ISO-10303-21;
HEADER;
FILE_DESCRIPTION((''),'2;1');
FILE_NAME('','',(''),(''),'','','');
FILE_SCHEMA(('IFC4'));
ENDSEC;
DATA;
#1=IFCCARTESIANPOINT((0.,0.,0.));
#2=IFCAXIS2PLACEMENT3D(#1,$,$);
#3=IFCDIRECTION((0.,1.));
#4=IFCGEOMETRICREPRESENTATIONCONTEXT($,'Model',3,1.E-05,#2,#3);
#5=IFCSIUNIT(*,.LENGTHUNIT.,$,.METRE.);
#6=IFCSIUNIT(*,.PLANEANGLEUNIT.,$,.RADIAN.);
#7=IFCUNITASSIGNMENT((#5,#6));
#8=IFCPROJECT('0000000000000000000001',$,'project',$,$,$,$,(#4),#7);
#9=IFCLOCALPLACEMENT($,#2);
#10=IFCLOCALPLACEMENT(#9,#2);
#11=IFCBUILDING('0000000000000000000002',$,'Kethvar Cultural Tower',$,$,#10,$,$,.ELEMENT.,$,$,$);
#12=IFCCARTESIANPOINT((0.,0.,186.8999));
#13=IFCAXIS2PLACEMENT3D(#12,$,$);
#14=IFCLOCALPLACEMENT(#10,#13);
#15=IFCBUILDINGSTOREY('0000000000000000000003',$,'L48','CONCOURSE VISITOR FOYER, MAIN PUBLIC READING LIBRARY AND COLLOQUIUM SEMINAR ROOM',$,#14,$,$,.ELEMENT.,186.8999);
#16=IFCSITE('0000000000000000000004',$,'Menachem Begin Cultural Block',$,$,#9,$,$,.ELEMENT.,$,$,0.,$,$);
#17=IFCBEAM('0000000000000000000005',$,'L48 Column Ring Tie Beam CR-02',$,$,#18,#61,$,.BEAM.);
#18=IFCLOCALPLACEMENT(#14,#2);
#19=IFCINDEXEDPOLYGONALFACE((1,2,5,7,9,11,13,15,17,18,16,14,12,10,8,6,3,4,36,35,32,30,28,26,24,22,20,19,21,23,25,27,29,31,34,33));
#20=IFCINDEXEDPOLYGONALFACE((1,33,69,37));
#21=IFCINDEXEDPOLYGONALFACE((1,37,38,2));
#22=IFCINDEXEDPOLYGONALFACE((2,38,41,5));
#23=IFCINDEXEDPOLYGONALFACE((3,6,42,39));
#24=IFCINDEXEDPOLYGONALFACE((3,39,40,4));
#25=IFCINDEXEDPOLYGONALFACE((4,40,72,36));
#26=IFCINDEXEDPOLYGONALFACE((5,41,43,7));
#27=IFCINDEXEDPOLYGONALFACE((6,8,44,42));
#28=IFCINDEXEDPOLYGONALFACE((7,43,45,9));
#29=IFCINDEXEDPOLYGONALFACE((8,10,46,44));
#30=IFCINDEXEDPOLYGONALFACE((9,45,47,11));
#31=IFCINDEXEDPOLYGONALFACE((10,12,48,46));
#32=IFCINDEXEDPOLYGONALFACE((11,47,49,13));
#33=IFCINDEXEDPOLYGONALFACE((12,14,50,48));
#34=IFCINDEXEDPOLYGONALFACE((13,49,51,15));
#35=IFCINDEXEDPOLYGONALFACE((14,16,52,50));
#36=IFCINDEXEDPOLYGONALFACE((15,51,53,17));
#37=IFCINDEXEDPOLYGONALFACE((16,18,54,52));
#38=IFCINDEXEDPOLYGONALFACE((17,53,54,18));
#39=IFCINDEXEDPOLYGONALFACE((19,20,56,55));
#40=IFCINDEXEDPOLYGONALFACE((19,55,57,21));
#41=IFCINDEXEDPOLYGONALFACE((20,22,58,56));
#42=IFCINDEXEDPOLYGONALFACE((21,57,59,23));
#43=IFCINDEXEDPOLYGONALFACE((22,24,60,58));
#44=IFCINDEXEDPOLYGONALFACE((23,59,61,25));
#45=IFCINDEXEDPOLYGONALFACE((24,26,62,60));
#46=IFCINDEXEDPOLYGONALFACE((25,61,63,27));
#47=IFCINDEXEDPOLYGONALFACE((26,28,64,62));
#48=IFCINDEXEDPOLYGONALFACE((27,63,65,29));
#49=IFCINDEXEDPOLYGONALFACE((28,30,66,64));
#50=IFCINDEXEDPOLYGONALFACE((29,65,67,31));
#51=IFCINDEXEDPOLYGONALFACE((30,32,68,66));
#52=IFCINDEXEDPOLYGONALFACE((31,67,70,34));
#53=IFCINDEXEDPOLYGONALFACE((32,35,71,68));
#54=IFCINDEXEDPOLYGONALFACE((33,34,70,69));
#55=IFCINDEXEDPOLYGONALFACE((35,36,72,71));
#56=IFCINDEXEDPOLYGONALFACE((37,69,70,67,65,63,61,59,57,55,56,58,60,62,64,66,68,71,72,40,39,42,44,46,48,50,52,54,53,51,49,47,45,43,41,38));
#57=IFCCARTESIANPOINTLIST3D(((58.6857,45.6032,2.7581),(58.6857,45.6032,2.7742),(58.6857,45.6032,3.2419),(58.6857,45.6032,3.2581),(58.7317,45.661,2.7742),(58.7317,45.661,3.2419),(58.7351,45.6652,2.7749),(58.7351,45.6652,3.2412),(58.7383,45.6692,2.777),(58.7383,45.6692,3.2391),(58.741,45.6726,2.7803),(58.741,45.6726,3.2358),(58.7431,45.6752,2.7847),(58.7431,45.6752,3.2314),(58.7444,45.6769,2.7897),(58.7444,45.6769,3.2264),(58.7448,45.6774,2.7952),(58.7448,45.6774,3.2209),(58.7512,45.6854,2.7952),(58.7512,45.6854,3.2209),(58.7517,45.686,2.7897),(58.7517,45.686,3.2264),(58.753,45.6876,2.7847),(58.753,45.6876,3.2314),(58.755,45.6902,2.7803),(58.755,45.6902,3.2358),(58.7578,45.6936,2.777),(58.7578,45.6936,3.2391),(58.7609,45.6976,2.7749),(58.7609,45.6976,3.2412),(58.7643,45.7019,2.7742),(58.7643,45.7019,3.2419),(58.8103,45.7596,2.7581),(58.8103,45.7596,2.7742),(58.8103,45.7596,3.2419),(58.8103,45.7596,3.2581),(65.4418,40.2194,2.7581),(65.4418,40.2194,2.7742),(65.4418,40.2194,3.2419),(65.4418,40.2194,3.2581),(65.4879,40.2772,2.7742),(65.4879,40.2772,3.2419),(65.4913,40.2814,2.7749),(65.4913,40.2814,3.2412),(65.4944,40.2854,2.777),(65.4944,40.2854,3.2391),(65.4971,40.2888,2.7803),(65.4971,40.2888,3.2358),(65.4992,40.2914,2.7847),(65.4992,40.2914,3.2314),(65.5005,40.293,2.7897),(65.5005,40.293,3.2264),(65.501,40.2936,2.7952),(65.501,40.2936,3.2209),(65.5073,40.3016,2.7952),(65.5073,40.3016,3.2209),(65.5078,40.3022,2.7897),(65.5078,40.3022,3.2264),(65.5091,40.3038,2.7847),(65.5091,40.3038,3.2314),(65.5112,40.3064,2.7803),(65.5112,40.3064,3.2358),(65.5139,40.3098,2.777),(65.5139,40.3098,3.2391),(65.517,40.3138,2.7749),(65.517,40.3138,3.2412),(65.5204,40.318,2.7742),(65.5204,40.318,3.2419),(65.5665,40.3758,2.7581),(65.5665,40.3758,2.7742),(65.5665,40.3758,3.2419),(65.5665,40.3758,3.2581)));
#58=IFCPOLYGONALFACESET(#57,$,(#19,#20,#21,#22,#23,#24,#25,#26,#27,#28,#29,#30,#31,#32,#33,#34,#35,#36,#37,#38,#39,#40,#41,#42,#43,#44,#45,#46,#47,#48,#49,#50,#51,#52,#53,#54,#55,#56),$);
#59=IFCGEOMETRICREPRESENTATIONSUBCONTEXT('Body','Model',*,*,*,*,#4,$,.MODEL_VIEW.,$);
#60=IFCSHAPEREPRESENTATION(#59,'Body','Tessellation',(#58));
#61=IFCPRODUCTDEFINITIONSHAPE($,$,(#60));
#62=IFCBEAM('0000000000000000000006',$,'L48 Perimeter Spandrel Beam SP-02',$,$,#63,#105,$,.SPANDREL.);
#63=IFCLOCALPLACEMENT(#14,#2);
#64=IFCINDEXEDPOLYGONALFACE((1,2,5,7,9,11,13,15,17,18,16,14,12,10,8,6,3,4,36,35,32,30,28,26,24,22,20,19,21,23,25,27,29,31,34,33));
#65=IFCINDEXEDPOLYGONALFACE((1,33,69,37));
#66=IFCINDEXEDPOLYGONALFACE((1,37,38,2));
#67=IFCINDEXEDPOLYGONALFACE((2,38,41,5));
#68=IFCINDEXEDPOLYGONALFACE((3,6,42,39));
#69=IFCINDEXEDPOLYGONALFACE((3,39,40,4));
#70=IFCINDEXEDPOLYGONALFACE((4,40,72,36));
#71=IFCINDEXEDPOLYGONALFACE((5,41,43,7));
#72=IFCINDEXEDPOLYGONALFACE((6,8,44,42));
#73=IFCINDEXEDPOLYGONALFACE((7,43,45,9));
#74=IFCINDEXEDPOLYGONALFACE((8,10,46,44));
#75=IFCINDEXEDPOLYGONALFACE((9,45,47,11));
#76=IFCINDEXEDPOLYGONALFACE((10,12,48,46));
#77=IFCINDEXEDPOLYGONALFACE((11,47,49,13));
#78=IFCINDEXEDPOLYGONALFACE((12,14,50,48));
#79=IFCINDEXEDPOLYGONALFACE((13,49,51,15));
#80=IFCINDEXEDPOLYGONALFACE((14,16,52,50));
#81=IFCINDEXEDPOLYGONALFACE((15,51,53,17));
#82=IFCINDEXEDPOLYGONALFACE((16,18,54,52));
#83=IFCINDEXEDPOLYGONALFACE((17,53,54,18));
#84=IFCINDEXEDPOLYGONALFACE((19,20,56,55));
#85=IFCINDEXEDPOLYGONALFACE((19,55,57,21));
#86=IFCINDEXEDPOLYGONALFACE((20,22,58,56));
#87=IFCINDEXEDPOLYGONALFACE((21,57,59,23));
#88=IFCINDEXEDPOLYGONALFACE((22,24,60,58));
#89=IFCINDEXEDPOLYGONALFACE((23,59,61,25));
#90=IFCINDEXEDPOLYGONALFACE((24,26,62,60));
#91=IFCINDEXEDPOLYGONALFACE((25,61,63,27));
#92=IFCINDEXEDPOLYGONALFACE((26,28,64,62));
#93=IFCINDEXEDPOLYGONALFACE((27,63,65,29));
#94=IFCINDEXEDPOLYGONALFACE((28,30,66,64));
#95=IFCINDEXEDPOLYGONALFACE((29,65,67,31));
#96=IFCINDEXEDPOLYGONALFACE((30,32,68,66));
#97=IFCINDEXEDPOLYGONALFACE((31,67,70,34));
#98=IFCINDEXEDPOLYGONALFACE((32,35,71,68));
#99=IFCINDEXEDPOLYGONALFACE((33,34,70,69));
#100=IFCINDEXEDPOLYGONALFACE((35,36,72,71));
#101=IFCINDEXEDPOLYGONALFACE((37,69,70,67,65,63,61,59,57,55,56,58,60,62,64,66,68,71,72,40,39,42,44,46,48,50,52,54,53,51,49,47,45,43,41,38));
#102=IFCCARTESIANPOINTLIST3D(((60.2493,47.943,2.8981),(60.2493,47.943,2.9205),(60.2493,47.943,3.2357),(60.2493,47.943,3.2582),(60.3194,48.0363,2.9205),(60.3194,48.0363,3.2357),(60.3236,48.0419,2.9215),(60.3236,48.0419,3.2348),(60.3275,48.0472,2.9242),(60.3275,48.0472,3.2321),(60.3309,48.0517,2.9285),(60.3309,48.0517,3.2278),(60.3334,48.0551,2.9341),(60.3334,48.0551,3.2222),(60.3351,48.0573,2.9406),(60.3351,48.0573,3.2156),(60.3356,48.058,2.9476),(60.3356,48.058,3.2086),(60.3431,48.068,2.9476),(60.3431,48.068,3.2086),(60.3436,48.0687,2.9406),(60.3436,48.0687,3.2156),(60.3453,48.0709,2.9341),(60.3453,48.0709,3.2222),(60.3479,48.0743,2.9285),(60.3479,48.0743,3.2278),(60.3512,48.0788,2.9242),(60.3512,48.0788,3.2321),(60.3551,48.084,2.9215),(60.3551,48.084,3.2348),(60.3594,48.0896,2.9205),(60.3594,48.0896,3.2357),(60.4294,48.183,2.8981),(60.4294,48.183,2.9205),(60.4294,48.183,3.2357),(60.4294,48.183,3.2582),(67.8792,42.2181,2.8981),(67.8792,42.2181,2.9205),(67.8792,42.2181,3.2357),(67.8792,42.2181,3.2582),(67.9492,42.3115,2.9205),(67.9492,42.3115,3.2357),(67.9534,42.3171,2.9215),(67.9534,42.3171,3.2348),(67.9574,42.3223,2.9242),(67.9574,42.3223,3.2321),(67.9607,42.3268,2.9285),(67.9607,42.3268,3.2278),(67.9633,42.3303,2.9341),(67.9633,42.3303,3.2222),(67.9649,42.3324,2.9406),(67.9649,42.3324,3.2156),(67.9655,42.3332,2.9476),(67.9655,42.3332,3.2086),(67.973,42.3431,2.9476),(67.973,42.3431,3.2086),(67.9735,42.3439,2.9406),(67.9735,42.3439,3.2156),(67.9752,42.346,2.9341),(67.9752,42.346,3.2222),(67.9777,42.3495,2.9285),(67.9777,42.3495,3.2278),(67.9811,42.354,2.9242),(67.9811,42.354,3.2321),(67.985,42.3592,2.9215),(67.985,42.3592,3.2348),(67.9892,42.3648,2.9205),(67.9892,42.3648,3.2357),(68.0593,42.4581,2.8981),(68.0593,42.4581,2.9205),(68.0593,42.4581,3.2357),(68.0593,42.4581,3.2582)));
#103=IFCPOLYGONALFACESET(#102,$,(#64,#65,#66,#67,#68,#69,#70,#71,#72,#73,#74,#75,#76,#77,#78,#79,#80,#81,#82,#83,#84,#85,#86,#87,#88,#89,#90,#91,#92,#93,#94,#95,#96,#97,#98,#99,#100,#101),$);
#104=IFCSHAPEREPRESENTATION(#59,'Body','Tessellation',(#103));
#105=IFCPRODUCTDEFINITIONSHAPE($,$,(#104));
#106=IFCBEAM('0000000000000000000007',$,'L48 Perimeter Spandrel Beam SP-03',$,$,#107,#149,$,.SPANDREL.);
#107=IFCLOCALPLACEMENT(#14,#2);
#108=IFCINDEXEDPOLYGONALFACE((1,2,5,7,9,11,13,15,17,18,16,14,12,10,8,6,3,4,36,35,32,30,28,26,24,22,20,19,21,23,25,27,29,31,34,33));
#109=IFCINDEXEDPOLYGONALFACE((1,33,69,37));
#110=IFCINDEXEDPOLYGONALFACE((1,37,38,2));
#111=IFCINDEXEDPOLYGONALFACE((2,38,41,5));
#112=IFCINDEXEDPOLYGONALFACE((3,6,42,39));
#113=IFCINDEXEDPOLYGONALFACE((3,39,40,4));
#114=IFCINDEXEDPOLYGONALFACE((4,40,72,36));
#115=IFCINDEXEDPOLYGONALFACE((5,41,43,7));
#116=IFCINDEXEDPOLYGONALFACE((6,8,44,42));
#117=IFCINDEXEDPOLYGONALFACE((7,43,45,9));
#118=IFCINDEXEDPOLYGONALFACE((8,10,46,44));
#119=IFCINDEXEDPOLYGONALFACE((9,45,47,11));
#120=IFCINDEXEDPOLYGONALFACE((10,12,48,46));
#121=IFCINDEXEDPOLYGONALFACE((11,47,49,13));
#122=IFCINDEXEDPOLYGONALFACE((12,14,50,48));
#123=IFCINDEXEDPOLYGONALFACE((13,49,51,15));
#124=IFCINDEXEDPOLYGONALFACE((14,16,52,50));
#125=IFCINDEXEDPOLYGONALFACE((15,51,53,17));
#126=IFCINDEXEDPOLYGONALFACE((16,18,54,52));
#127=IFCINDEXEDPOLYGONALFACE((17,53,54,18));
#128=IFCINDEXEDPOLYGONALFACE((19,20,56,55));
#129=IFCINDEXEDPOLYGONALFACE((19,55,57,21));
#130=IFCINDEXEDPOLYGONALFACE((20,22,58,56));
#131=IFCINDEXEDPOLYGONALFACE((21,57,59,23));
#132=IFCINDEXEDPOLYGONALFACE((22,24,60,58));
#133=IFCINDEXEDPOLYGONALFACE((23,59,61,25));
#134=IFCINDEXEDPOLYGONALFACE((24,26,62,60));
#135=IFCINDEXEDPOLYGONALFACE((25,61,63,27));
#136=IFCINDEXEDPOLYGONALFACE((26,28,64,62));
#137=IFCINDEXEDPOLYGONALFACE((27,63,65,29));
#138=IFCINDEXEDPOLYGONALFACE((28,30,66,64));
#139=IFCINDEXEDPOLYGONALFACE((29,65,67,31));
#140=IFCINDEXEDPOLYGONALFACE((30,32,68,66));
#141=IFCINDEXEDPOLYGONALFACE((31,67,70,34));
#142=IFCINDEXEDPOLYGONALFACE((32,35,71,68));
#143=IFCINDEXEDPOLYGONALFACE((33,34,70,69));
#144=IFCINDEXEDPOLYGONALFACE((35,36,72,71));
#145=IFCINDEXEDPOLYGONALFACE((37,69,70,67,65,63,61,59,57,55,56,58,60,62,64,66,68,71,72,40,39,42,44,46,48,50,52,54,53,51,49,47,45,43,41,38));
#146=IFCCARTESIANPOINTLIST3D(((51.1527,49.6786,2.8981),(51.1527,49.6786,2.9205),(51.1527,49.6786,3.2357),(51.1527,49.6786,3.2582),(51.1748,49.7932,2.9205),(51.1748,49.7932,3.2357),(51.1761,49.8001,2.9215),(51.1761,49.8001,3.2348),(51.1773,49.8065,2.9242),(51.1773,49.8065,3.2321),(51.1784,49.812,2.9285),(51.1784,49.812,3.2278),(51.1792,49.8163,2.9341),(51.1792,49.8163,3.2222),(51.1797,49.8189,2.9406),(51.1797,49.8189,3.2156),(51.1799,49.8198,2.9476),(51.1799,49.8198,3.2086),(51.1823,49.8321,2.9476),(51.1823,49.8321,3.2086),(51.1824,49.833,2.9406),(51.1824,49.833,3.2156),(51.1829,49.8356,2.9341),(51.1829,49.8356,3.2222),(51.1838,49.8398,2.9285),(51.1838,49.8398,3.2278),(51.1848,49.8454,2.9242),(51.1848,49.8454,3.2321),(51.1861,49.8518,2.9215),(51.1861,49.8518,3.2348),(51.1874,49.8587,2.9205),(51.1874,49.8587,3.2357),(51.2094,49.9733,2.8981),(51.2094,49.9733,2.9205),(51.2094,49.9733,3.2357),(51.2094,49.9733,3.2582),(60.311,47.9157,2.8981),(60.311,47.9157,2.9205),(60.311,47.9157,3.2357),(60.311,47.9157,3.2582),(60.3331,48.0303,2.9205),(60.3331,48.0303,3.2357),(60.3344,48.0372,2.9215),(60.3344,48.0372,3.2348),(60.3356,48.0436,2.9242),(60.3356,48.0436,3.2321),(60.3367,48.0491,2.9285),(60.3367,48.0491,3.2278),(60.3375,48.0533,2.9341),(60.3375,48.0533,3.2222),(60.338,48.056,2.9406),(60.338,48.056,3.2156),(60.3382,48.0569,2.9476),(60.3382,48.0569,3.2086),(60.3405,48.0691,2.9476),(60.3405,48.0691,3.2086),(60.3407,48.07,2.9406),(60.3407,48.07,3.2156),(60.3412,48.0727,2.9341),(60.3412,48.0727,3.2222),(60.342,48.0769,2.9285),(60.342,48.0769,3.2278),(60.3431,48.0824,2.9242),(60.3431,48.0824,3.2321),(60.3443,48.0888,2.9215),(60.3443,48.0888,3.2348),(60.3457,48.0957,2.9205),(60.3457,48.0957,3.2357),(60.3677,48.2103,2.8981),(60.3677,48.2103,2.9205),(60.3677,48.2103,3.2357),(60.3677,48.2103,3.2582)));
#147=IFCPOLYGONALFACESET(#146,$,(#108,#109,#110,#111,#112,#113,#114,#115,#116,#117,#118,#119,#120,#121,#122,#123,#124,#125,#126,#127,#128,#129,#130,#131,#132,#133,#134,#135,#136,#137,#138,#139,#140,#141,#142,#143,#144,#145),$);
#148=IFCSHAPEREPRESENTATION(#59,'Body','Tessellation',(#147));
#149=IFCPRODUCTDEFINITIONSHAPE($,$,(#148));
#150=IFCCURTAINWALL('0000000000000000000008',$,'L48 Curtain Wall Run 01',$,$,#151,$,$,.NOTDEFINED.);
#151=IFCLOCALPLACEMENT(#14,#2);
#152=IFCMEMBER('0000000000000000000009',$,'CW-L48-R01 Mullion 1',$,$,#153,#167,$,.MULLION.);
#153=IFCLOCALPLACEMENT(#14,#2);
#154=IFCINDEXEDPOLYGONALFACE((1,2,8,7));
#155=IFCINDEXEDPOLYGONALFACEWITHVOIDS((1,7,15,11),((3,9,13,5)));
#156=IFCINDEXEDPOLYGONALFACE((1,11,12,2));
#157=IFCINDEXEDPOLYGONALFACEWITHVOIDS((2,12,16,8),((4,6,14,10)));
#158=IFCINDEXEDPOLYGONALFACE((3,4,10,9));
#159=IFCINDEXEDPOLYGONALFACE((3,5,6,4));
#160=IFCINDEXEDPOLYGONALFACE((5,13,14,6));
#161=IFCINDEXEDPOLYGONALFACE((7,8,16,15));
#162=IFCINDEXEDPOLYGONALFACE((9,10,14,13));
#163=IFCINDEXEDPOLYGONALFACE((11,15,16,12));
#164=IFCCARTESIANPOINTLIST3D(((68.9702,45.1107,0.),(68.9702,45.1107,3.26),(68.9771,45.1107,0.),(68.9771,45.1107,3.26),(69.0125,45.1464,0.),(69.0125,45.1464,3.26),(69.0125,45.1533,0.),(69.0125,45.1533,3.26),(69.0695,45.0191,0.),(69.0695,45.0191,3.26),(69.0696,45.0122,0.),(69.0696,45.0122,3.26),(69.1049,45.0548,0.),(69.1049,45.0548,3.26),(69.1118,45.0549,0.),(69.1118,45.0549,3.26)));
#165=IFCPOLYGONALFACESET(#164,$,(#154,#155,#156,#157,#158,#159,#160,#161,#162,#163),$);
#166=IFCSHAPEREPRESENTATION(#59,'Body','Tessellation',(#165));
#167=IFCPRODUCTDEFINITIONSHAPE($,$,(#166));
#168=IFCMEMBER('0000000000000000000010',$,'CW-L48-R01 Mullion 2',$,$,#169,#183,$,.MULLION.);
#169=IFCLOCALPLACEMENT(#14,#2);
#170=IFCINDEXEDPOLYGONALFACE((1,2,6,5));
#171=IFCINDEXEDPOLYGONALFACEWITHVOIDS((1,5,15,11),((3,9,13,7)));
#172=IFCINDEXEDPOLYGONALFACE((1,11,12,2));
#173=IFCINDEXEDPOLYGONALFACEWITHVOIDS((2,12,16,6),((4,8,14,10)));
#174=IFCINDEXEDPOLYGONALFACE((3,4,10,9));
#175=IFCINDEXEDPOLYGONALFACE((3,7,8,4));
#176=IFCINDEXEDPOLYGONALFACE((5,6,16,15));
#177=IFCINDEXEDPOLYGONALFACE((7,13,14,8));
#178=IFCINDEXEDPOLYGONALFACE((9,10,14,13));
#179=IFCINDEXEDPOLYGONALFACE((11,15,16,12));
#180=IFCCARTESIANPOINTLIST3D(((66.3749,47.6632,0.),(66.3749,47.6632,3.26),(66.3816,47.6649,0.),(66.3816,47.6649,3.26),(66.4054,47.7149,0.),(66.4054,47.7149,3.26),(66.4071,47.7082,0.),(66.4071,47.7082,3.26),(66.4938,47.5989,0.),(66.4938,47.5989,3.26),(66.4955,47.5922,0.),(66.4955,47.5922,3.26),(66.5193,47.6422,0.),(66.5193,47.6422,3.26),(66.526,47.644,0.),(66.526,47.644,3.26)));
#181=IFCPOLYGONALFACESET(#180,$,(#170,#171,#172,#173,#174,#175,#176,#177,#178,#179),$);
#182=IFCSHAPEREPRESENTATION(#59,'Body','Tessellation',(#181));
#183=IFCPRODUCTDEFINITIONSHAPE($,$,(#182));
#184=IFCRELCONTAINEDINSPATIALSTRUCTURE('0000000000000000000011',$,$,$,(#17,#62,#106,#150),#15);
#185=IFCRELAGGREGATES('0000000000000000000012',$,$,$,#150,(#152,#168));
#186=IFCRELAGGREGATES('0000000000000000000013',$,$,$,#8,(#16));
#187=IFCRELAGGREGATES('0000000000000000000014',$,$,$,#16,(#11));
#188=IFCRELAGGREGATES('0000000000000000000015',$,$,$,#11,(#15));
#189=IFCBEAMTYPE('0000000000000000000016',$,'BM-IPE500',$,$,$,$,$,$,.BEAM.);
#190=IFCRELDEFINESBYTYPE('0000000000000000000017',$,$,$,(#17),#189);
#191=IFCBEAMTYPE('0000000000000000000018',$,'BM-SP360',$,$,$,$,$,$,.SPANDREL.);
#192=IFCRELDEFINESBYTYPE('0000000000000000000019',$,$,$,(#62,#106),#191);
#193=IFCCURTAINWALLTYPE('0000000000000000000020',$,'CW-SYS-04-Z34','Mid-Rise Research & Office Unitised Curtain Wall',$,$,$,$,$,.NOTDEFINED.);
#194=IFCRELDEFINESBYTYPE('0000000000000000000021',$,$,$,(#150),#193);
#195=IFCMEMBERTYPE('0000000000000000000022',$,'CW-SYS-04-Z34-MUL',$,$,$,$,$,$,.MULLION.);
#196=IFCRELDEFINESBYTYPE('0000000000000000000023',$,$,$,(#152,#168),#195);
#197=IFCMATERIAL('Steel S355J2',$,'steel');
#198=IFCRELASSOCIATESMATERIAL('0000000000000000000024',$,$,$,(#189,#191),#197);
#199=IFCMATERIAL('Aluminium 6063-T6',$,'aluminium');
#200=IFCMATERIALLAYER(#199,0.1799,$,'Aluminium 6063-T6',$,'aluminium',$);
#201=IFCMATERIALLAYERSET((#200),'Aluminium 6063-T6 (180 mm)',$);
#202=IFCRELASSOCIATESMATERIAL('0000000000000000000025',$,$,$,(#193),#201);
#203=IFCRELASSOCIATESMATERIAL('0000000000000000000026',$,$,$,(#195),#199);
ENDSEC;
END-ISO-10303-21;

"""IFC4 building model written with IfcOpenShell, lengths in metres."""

from ifc_helpers import new_model, si_unit, direction, frame, origin, origin_2d, place, context, subcontext, project, spatial, hollow_rectangle, i_section, extrude, source, transform, mapped, material, layer, layer_set, material_profile, profile_set, type_object, element, aggregate, save


model = new_model("IFC4")

# Units and contexts
model_context = context("Model", 3, precision=1e-05, world=origin(), true_north=direction((0.0, 1.0)))
body_context = subcontext(model_context, "Body", "Model", "MODEL_VIEW")
ifc_project = project(units=[si_unit("LENGTHUNIT", "METRE"), si_unit("PLANEANGLEUNIT", "RADIAN")], contexts=[model_context])

# Site, building, storey
site_placement = place(None, origin())
site = spatial("IfcSite", under=ifc_project, at=site_placement, Name="Menachem Begin Cultural Block", CompositionType="ELEMENT", RefElevation=0.0)
building_placement = place(site_placement, origin())
building = spatial("IfcBuilding", under=site, at=building_placement, Name="Kethvar Cultural Tower", CompositionType="ELEMENT")
storey_placement = place(building_placement, frame((0.0, 0.0, 186.8999)))
storey = spatial("IfcBuildingStorey", under=building, at=storey_placement, Name="L48", Description="CONCOURSE VISITOR FOYER, MAIN PUBLIC READING LIBRARY AND COLLOQUIUM SEMINAR ROOM", CompositionType="ELEMENT", Elevation=186.8999)

# Beams
ifc_material_1 = material(Name="Steel S355J2", Category="steel")
ifc_material_profile_1 = material_profile(ifc_material_1, i_section(OverallWidth=0.2, OverallDepth=0.5, WebThickness=0.0103, FlangeThickness=0.0161, FilletRadius=0.021, at=origin_2d()), Name="Steel S355J2 — IPE500")
ifc_profile_set_1 = profile_set([ifc_material_profile_1], Name="Steel S355J2 — IPE500")
beam_type_1 = type_object("IfcBeamType", Name="BM-IPE500", PredefinedType="BEAM", material=ifc_profile_set_1)
shared_shape_1 = source(origin(), body_context, "Body", "SweptSolid", [
    extrude(i_section(OverallWidth=0.2, OverallDepth=0.5, WebThickness=0.0103, FlangeThickness=0.0161, FilletRadius=0.021, at=origin_2d()), origin(), (0.0, 0.0, 1.0), 8.6389),
])
beam_1_placement = place(storey_placement, frame((65.5042, 40.2976, 3.0081), z_axis=(-0.782058, 0.623205, 0.0), x_axis=(-0.623205, -0.782058, 0.0)))
element("IfcBeam", 1, at=beam_1_placement, inside=storey, type_object=beam_type_1, Name="L48 Column Ring Tie Beam CR-02", PredefinedType="BEAM", context=body_context, shape_type="MappedRepresentation", body=[
    mapped(shared_shape_1, transform((0.0, 0.0, 0.0), scale=1.0)),
])
ifc_material_profile_2 = material_profile(ifc_material_1, i_section(OverallWidth=0.3, OverallDepth=0.3601, WebThickness=0.0125, FlangeThickness=0.0225, FilletRadius=0.0271, at=origin_2d()), Name="Steel S355J2 — HEB360")
ifc_profile_set_2 = profile_set([ifc_material_profile_2], Name="Steel S355J2 — HEB360")
beam_type_2 = type_object("IfcBeamType", Name="BM-SP360", PredefinedType="SPANDREL", material=ifc_profile_set_2)
shared_shape_2 = source(origin(), body_context, "Body", "SweptSolid", [
    extrude(i_section(OverallWidth=0.3, OverallDepth=0.3601, WebThickness=0.0125, FlangeThickness=0.0225, FilletRadius=0.0271, at=origin_2d()), origin(), (0.0, 0.0, 1.0), 9.5388),
])
beam_2_placement = place(storey_placement, frame((67.9692, 42.3381, 3.0781), z_axis=(-0.799877, 0.600164, 0.0), x_axis=(-0.600164, -0.799877, 0.0)))
element("IfcBeam", 2, at=beam_2_placement, inside=storey, type_object=beam_type_2, Name="L48 Perimeter Spandrel Beam SP-02", PredefinedType="SPANDREL", context=body_context, shape_type="MappedRepresentation", body=[
    mapped(shared_shape_2, transform((0.0, 0.0, 0.0), scale=1.0)),
])
shared_shape_3 = source(origin(), body_context, "Body", "SweptSolid", [
    extrude(i_section(OverallWidth=0.3, OverallDepth=0.3601, WebThickness=0.0125, FlangeThickness=0.0225, FilletRadius=0.0271, at=origin_2d()), origin(), (0.0, 0.0, 1.0), 9.3264),
])
beam_3_placement = place(storey_placement, frame((60.3394, 48.063, 3.0781), z_axis=(-0.981972, 0.189028, 0.0), x_axis=(-0.189028, -0.981972, 0.0)))
element("IfcBeam", 3, at=beam_3_placement, inside=storey, type_object=beam_type_2, Name="L48 Perimeter Spandrel Beam SP-03", PredefinedType="SPANDREL", context=body_context, shape_type="MappedRepresentation", body=[
    mapped(shared_shape_3, transform((0.0, 0.0, 0.0), scale=1.0)),
])

# Curtain wall, members
ifc_material_2 = material(Name="Aluminium 6063-T6", Category="aluminium")
ifc_layer_1 = layer(ifc_material_2, 0.1799, Name="Aluminium 6063-T6", Category="aluminium")
ifc_layer_set_1 = layer_set([ifc_layer_1], Name="Aluminium 6063-T6 (180 mm)")
curtain_wall_type = type_object("IfcCurtainWallType", Name="CW-SYS-04-Z34", Description="Mid-Rise Research & Office Unitised Curtain Wall", PredefinedType="NOTDEFINED", material=ifc_layer_set_1)
curtain_wall_1_placement = place(storey_placement, origin())
curtain_wall_1 = element("IfcCurtainWall", 4, at=curtain_wall_1_placement, inside=storey, type_object=curtain_wall_type, Name="L48 Curtain Wall Run 01", PredefinedType="NOTDEFINED")
ifc_material_profile_3 = material_profile(ifc_material_2, hollow_rectangle(XDim=0.0601, YDim=0.1399, WallThickness=0.0049, at=origin_2d()), Name="Aluminium 6063-T6 — RHS140x60x5")
ifc_profile_set_3 = profile_set([ifc_material_profile_3], Name="Aluminium 6063-T6 — RHS140x60x5")
member_type_1 = type_object("IfcMemberType", Name="CW-SYS-04-Z34-MUL", PredefinedType="MULLION", material=ifc_profile_set_3)
shared_shape_4 = source(origin(), body_context, "Body", "SweptSolid", [
    extrude(hollow_rectangle(XDim=0.0601, YDim=0.1399, WallThickness=0.0049, at=origin_2d()), origin(), (0.0, 0.0, 1.0), 3.26),
])
member_1_placement = place(storey_placement, frame((69.041, 45.0828, 0.0), z_axis=(0.0, 0.0, 1.0), x_axis=(-0.70373, -0.710468, 0.0)))
member_1 = element("IfcMember", 5, at=member_1_placement, type_object=member_type_1, Name="CW-L48-R01 Mullion 1", PredefinedType="MULLION", context=body_context, shape_type="MappedRepresentation", body=[
    mapped(shared_shape_4, transform((0.0, 0.0, 0.0), scale=1.0)),
])
member_2_placement = place(storey_placement, frame((66.4504, 47.6536, 0.0), z_axis=(0.0, 0.0, 1.0), x_axis=(-0.507207, -0.861824, 0.0)))
member_2 = element("IfcMember", 6, at=member_2_placement, type_object=member_type_1, Name="CW-L48-R01 Mullion 2", PredefinedType="MULLION", context=body_context, shape_type="MappedRepresentation", body=[
    mapped(shared_shape_4, transform((0.0, 0.0, 0.0), scale=1.0)),
])

aggregate(curtain_wall_1, [member_1, member_2])

save(model, "model.ifc")
